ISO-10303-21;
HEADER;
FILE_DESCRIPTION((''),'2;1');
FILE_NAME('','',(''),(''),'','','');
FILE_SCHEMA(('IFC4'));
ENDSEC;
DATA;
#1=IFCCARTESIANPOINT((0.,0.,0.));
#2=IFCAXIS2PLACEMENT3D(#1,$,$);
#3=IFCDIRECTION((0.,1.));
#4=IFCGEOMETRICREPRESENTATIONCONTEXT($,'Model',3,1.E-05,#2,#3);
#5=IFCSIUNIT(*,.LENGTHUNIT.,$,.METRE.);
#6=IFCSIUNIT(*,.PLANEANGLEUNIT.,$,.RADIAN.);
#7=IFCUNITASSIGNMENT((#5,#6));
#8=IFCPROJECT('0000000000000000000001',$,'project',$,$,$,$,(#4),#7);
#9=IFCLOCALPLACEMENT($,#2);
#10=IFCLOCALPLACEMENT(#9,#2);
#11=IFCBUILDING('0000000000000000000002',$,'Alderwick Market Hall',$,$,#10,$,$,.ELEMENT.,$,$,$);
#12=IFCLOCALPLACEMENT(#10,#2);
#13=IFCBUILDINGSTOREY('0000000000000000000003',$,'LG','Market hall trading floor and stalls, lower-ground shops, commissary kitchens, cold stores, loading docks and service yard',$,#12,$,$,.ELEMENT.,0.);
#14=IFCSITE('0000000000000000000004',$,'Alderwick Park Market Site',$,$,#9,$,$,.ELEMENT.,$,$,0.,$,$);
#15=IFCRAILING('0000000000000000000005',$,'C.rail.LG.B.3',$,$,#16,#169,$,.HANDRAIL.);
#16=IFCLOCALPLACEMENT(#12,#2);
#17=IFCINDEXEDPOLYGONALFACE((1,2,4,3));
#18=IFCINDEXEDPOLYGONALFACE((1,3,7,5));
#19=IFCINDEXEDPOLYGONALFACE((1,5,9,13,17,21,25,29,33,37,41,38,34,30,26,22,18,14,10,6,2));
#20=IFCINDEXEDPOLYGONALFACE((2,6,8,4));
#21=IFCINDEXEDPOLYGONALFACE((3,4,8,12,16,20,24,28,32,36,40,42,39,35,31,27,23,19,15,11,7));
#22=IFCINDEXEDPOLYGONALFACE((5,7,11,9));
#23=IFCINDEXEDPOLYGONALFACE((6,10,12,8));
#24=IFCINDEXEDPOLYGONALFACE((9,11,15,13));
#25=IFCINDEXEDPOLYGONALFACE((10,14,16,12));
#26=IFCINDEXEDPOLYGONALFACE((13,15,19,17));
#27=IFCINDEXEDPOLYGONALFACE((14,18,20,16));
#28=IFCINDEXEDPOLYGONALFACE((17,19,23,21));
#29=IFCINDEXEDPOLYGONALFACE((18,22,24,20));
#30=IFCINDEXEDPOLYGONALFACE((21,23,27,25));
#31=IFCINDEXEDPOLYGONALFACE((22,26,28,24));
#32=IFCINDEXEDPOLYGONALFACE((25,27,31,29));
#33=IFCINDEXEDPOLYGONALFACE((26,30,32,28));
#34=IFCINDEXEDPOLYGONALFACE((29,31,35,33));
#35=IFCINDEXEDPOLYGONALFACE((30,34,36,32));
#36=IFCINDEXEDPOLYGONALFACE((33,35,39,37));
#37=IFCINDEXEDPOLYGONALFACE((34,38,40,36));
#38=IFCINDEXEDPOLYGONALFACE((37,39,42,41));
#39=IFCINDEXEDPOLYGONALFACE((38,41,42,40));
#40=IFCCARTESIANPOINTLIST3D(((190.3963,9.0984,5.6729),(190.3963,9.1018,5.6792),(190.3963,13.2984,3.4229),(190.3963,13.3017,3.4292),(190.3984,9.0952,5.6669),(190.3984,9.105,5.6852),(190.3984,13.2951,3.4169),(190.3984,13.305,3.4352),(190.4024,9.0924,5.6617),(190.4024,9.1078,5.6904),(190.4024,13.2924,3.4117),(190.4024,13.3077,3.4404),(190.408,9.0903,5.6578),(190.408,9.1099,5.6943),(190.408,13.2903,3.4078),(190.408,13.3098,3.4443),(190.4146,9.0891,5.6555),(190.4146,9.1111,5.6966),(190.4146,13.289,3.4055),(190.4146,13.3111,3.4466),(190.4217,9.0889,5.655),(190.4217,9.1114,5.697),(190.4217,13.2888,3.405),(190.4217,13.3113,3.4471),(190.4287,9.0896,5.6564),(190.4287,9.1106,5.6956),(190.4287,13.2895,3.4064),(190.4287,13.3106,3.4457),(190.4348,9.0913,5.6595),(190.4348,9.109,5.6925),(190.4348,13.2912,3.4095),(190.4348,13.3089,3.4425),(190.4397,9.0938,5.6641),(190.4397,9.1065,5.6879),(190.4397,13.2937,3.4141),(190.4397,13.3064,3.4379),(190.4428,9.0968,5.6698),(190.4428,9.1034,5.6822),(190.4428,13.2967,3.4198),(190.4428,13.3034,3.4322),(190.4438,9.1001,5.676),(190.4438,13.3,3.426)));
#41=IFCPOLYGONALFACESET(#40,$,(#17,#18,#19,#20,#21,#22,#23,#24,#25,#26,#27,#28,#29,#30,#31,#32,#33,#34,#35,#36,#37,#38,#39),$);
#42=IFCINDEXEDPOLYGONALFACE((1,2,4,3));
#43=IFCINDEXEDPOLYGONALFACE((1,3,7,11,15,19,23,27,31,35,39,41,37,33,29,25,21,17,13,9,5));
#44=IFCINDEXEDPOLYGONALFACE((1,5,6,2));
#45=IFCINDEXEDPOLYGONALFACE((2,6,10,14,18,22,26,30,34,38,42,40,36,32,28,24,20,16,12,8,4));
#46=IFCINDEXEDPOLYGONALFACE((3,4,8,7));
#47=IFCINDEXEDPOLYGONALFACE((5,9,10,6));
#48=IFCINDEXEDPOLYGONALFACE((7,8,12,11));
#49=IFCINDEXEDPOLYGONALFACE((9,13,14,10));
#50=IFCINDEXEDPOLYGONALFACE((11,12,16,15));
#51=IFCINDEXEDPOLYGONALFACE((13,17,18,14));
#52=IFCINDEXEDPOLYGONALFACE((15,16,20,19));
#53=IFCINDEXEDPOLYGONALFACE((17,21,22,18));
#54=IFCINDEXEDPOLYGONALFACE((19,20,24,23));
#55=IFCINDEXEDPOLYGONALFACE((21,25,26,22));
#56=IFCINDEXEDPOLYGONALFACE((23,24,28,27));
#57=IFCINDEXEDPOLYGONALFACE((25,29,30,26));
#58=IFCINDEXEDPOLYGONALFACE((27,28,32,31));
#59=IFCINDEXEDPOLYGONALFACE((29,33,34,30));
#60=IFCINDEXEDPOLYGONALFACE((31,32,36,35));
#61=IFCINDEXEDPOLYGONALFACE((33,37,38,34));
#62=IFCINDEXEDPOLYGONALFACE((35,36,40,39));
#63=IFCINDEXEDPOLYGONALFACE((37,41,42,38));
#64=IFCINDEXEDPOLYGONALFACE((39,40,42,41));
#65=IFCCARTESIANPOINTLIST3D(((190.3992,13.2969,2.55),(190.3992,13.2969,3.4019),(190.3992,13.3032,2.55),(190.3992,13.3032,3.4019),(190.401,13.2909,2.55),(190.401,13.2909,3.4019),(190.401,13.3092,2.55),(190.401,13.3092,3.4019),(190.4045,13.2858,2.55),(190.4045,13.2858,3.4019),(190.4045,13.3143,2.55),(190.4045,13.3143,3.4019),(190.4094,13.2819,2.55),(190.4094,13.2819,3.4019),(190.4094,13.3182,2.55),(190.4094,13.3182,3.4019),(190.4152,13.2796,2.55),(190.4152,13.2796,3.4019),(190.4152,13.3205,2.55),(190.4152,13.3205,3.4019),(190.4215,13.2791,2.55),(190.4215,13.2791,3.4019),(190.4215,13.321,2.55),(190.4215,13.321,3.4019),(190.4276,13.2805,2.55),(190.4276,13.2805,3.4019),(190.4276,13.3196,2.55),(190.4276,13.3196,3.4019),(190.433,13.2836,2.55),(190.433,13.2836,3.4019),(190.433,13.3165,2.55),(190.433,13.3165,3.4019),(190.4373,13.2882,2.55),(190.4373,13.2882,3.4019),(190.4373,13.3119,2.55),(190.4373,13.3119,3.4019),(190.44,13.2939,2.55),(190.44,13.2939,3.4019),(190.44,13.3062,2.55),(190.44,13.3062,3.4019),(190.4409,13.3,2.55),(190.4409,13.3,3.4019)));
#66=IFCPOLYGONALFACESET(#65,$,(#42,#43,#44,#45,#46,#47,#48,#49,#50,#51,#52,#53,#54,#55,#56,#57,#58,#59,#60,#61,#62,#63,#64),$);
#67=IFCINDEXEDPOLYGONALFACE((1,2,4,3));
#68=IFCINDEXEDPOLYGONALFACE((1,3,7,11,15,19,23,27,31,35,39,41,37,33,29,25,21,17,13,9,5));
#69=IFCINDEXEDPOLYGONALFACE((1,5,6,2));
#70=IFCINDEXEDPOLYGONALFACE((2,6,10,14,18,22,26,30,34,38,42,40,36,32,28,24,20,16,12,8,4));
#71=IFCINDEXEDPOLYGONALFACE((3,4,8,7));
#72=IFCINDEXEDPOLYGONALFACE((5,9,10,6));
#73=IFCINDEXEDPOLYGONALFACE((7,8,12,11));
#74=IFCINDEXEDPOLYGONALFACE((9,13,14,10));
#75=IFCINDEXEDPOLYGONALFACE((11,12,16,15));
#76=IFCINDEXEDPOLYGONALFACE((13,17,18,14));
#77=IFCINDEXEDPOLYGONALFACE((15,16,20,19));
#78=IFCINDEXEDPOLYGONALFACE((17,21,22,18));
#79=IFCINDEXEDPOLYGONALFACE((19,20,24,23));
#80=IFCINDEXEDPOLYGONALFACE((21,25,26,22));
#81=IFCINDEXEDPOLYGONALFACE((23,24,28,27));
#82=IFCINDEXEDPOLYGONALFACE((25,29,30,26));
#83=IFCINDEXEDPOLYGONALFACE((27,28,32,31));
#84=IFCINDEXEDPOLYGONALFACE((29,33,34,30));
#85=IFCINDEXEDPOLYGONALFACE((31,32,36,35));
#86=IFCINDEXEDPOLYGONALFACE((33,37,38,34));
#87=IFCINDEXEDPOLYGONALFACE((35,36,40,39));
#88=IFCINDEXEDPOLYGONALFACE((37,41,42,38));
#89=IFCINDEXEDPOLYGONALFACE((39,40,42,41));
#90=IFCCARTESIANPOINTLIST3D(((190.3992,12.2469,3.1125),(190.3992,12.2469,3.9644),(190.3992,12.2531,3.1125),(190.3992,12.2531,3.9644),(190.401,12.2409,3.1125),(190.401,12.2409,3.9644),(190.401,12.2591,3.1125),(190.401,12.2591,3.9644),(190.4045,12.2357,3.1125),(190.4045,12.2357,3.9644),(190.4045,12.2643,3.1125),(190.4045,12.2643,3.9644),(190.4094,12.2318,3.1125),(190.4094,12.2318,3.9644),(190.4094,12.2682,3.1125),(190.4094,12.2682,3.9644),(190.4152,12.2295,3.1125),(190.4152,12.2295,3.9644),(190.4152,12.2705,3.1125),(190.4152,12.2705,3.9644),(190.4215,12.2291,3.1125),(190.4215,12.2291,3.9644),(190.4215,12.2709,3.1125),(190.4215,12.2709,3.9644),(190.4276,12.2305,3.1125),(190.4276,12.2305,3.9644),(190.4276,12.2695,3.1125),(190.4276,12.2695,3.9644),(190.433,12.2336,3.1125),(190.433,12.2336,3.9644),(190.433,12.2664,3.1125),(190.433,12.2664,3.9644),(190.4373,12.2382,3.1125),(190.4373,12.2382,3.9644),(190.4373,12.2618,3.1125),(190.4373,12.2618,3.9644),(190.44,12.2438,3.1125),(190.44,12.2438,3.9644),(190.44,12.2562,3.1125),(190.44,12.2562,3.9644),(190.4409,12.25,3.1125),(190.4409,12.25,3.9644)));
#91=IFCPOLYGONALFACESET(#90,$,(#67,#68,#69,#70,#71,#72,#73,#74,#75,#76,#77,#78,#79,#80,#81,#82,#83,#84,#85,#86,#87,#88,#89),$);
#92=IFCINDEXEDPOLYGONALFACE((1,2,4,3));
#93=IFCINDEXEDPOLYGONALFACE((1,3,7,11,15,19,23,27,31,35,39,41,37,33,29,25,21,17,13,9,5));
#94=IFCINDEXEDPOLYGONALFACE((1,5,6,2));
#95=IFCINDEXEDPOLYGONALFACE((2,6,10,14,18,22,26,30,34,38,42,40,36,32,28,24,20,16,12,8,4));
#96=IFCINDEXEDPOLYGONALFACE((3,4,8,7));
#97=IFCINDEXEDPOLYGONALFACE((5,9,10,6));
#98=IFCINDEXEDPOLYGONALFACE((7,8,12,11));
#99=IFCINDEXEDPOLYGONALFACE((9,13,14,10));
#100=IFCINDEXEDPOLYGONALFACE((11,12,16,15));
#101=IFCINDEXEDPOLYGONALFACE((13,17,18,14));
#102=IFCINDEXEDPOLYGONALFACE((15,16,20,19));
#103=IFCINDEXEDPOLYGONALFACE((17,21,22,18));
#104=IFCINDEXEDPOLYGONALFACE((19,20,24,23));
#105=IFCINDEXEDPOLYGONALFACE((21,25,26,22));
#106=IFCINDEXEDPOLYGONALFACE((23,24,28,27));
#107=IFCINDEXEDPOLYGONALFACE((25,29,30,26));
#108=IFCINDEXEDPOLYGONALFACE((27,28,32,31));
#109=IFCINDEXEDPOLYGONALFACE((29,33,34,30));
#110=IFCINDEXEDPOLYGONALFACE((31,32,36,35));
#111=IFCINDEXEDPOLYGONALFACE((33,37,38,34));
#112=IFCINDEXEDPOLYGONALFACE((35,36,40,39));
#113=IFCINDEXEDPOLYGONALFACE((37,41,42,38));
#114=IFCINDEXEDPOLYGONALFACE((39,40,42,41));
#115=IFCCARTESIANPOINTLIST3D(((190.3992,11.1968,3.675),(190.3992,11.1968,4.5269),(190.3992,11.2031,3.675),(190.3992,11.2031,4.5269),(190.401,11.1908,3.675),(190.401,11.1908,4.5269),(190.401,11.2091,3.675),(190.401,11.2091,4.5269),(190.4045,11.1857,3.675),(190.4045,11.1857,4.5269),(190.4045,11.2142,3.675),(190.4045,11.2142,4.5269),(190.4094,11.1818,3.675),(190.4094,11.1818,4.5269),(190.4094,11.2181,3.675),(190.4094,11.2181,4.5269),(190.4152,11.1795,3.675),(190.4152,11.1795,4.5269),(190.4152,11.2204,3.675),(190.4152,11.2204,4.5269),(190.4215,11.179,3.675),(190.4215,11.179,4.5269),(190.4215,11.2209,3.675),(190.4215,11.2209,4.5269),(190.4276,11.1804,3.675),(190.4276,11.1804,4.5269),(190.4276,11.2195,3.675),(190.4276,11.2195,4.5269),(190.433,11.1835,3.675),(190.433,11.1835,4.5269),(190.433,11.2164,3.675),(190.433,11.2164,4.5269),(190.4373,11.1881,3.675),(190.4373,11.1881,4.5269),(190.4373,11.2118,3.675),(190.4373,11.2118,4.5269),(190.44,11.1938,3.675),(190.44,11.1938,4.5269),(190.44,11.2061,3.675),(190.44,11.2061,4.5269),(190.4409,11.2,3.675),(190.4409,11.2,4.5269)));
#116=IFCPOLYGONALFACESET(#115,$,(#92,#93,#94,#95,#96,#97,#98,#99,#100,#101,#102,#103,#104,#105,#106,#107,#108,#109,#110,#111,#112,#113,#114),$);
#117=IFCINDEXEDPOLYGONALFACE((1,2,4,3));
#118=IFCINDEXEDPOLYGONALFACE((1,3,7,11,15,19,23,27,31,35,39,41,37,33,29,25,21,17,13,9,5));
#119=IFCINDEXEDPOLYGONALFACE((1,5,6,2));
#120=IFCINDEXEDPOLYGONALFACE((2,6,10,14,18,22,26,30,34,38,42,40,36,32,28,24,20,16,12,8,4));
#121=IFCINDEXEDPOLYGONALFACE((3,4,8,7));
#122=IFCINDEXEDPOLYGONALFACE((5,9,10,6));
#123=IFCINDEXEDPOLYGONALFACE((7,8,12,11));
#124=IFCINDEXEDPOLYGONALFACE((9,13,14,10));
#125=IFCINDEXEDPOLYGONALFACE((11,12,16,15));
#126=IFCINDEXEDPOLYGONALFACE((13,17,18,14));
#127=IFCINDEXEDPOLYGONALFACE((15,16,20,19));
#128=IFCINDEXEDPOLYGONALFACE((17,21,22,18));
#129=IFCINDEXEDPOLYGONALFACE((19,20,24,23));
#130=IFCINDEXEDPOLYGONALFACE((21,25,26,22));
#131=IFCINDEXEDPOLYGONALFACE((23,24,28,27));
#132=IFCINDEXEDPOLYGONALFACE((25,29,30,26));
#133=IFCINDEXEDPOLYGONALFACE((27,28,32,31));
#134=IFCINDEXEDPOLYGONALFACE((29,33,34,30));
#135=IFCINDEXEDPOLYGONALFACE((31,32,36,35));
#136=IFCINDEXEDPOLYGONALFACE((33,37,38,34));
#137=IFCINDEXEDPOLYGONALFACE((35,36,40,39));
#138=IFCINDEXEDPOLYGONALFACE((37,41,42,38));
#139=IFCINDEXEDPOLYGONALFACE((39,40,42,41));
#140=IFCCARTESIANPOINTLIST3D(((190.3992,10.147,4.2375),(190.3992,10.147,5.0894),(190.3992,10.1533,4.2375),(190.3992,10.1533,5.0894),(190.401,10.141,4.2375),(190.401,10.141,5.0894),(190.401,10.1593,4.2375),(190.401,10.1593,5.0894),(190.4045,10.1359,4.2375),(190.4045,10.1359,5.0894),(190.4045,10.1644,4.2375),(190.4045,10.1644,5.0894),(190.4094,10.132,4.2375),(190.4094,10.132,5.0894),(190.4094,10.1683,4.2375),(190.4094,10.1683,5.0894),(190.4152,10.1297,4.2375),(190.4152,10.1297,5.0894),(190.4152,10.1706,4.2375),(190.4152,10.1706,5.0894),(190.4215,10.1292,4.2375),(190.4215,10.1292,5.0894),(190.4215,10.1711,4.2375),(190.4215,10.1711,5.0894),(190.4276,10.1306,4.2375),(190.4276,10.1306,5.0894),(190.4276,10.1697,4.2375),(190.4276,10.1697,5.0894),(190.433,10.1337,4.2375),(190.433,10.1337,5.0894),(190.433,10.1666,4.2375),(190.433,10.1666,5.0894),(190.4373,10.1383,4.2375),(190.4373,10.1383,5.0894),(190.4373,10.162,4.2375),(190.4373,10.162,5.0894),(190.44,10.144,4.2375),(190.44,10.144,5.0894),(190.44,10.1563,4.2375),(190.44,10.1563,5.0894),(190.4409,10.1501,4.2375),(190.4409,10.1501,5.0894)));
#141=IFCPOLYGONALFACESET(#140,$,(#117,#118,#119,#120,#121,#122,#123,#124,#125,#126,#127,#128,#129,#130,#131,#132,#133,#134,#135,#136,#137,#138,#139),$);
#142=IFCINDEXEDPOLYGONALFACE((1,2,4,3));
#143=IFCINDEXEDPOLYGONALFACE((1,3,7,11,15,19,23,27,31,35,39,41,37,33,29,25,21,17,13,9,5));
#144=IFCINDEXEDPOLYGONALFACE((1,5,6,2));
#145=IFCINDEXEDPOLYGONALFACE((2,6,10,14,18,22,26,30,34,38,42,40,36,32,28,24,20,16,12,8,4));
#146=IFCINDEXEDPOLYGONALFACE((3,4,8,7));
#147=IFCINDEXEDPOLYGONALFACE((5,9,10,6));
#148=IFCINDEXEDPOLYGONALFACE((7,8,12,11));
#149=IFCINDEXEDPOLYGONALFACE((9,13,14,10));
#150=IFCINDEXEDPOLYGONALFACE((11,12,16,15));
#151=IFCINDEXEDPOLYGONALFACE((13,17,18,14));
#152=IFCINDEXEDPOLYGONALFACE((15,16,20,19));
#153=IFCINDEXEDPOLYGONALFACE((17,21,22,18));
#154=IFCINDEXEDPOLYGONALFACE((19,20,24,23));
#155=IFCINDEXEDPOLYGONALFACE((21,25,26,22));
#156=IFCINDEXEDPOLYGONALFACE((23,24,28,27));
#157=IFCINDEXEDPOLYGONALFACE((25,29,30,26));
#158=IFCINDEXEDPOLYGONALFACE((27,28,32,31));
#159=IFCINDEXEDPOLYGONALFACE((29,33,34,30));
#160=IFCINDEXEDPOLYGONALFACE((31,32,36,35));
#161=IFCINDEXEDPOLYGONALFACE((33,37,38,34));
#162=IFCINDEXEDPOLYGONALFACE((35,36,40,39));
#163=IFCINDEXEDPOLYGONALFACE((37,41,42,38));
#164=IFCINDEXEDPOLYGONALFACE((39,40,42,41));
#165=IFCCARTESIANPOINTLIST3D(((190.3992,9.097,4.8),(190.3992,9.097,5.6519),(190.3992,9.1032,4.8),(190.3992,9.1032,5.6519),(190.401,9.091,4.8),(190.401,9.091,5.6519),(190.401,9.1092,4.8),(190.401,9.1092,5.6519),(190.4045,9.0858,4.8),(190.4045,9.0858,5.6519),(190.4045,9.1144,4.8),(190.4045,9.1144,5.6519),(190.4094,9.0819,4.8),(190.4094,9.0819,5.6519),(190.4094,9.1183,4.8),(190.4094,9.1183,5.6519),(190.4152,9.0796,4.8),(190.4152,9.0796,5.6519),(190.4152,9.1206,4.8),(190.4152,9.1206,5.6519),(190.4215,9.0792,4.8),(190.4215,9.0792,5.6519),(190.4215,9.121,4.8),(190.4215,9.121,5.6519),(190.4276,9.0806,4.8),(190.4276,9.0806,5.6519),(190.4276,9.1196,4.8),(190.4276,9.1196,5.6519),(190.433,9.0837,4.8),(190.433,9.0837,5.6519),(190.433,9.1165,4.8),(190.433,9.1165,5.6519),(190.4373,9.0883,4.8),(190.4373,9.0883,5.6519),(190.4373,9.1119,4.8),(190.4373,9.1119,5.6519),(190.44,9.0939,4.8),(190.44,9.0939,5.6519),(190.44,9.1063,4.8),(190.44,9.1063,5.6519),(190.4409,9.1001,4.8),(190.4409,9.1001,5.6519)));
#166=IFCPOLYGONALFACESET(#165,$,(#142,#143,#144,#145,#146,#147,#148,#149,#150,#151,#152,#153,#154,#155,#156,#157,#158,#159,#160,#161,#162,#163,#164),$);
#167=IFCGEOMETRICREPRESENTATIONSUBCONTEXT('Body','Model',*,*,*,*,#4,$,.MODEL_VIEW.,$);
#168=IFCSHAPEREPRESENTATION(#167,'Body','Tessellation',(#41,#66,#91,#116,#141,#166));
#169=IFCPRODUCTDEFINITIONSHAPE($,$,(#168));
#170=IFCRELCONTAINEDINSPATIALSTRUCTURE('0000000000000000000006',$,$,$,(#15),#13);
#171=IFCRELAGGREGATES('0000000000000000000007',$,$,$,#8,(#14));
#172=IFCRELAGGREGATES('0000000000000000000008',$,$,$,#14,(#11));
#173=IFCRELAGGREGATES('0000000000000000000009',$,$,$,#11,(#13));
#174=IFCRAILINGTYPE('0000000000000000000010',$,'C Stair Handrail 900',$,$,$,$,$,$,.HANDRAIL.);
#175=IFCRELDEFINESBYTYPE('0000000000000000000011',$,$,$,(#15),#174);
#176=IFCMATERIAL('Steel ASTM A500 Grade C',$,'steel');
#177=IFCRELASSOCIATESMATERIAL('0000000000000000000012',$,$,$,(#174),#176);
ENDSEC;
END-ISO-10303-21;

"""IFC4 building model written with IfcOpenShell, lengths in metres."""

from ifc_helpers import new_model, si_unit, direction, frame, origin, origin_2d, place, context, subcontext, project, spatial, circle, extrude, material, type_object, element, save


model = new_model("IFC4")

# Units and contexts
model_context = context("Model", 3, precision=1e-05, world=origin(), true_north=direction((0.0, 1.0)))
body_context = subcontext(model_context, "Body", "Model", "MODEL_VIEW")
ifc_project = project(units=[si_unit("LENGTHUNIT", "METRE"), si_unit("PLANEANGLEUNIT", "RADIAN")], contexts=[model_context])

# Site, building, storey
site_placement = place(None, origin())
site = spatial("IfcSite", under=ifc_project, at=site_placement, Name="Alderwick Park Market Site", CompositionType="ELEMENT", RefElevation=0.0)
building_placement = place(site_placement, origin())
building = spatial("IfcBuilding", under=site, at=building_placement, Name="Alderwick Market Hall", CompositionType="ELEMENT")
storey_placement = place(building_placement, origin())
storey = spatial("IfcBuildingStorey", under=building, at=storey_placement, Name="LG", Description="Market hall trading floor and stalls, lower-ground shops, commissary kitchens, cold stores, loading docks and service yard", CompositionType="ELEMENT", Elevation=0.0)

# Railing
ifc_material_1 = material(Name="Steel ASTM A500 Grade C", Category="steel")
railing_type = type_object("IfcRailingType", Name="C Stair Handrail 900", PredefinedType="HANDRAIL", material=ifc_material_1)
for number, where, name in (
    (1, (190.4199, 13.3, 2.55), "C.rail.LG.B.3"),
):
    element("IfcRailing", number, at=place(storey_placement, frame(where)), inside=storey, type_object=railing_type, Name=name, PredefinedType="HANDRAIL", context=body_context, shape_type="SweptSolid", body=[
        extrude(circle(Radius=0.0239, at=origin_2d()), frame((0.0, 0.0, 0.876), z_axis=(0.0, -0.881478, 0.472226), x_axis=(1.0, 0.0, 0.0)), (0.0, 0.0, 1.0), 4.7646),
        extrude(circle(Radius=0.021, at=origin_2d()), origin(), (0.0, 0.0, 1.0), 0.8518),
        extrude(circle(Radius=0.021, at=origin_2d()), frame((0.0, -1.05, 0.5625)), (0.0, 0.0, 1.0), 0.8518),
        extrude(circle(Radius=0.021, at=origin_2d()), frame((0.0, -2.1001, 1.125)), (0.0, 0.0, 1.0), 0.8518),
        extrude(circle(Radius=0.021, at=origin_2d()), frame((0.0, -3.1499, 1.6875)), (0.0, 0.0, 1.0), 0.8518),
        extrude(circle(Radius=0.021, at=origin_2d()), frame((0.0, -4.2, 2.25)), (0.0, 0.0, 1.0), 0.8518),
    ])

save(model, "model.ifc")
